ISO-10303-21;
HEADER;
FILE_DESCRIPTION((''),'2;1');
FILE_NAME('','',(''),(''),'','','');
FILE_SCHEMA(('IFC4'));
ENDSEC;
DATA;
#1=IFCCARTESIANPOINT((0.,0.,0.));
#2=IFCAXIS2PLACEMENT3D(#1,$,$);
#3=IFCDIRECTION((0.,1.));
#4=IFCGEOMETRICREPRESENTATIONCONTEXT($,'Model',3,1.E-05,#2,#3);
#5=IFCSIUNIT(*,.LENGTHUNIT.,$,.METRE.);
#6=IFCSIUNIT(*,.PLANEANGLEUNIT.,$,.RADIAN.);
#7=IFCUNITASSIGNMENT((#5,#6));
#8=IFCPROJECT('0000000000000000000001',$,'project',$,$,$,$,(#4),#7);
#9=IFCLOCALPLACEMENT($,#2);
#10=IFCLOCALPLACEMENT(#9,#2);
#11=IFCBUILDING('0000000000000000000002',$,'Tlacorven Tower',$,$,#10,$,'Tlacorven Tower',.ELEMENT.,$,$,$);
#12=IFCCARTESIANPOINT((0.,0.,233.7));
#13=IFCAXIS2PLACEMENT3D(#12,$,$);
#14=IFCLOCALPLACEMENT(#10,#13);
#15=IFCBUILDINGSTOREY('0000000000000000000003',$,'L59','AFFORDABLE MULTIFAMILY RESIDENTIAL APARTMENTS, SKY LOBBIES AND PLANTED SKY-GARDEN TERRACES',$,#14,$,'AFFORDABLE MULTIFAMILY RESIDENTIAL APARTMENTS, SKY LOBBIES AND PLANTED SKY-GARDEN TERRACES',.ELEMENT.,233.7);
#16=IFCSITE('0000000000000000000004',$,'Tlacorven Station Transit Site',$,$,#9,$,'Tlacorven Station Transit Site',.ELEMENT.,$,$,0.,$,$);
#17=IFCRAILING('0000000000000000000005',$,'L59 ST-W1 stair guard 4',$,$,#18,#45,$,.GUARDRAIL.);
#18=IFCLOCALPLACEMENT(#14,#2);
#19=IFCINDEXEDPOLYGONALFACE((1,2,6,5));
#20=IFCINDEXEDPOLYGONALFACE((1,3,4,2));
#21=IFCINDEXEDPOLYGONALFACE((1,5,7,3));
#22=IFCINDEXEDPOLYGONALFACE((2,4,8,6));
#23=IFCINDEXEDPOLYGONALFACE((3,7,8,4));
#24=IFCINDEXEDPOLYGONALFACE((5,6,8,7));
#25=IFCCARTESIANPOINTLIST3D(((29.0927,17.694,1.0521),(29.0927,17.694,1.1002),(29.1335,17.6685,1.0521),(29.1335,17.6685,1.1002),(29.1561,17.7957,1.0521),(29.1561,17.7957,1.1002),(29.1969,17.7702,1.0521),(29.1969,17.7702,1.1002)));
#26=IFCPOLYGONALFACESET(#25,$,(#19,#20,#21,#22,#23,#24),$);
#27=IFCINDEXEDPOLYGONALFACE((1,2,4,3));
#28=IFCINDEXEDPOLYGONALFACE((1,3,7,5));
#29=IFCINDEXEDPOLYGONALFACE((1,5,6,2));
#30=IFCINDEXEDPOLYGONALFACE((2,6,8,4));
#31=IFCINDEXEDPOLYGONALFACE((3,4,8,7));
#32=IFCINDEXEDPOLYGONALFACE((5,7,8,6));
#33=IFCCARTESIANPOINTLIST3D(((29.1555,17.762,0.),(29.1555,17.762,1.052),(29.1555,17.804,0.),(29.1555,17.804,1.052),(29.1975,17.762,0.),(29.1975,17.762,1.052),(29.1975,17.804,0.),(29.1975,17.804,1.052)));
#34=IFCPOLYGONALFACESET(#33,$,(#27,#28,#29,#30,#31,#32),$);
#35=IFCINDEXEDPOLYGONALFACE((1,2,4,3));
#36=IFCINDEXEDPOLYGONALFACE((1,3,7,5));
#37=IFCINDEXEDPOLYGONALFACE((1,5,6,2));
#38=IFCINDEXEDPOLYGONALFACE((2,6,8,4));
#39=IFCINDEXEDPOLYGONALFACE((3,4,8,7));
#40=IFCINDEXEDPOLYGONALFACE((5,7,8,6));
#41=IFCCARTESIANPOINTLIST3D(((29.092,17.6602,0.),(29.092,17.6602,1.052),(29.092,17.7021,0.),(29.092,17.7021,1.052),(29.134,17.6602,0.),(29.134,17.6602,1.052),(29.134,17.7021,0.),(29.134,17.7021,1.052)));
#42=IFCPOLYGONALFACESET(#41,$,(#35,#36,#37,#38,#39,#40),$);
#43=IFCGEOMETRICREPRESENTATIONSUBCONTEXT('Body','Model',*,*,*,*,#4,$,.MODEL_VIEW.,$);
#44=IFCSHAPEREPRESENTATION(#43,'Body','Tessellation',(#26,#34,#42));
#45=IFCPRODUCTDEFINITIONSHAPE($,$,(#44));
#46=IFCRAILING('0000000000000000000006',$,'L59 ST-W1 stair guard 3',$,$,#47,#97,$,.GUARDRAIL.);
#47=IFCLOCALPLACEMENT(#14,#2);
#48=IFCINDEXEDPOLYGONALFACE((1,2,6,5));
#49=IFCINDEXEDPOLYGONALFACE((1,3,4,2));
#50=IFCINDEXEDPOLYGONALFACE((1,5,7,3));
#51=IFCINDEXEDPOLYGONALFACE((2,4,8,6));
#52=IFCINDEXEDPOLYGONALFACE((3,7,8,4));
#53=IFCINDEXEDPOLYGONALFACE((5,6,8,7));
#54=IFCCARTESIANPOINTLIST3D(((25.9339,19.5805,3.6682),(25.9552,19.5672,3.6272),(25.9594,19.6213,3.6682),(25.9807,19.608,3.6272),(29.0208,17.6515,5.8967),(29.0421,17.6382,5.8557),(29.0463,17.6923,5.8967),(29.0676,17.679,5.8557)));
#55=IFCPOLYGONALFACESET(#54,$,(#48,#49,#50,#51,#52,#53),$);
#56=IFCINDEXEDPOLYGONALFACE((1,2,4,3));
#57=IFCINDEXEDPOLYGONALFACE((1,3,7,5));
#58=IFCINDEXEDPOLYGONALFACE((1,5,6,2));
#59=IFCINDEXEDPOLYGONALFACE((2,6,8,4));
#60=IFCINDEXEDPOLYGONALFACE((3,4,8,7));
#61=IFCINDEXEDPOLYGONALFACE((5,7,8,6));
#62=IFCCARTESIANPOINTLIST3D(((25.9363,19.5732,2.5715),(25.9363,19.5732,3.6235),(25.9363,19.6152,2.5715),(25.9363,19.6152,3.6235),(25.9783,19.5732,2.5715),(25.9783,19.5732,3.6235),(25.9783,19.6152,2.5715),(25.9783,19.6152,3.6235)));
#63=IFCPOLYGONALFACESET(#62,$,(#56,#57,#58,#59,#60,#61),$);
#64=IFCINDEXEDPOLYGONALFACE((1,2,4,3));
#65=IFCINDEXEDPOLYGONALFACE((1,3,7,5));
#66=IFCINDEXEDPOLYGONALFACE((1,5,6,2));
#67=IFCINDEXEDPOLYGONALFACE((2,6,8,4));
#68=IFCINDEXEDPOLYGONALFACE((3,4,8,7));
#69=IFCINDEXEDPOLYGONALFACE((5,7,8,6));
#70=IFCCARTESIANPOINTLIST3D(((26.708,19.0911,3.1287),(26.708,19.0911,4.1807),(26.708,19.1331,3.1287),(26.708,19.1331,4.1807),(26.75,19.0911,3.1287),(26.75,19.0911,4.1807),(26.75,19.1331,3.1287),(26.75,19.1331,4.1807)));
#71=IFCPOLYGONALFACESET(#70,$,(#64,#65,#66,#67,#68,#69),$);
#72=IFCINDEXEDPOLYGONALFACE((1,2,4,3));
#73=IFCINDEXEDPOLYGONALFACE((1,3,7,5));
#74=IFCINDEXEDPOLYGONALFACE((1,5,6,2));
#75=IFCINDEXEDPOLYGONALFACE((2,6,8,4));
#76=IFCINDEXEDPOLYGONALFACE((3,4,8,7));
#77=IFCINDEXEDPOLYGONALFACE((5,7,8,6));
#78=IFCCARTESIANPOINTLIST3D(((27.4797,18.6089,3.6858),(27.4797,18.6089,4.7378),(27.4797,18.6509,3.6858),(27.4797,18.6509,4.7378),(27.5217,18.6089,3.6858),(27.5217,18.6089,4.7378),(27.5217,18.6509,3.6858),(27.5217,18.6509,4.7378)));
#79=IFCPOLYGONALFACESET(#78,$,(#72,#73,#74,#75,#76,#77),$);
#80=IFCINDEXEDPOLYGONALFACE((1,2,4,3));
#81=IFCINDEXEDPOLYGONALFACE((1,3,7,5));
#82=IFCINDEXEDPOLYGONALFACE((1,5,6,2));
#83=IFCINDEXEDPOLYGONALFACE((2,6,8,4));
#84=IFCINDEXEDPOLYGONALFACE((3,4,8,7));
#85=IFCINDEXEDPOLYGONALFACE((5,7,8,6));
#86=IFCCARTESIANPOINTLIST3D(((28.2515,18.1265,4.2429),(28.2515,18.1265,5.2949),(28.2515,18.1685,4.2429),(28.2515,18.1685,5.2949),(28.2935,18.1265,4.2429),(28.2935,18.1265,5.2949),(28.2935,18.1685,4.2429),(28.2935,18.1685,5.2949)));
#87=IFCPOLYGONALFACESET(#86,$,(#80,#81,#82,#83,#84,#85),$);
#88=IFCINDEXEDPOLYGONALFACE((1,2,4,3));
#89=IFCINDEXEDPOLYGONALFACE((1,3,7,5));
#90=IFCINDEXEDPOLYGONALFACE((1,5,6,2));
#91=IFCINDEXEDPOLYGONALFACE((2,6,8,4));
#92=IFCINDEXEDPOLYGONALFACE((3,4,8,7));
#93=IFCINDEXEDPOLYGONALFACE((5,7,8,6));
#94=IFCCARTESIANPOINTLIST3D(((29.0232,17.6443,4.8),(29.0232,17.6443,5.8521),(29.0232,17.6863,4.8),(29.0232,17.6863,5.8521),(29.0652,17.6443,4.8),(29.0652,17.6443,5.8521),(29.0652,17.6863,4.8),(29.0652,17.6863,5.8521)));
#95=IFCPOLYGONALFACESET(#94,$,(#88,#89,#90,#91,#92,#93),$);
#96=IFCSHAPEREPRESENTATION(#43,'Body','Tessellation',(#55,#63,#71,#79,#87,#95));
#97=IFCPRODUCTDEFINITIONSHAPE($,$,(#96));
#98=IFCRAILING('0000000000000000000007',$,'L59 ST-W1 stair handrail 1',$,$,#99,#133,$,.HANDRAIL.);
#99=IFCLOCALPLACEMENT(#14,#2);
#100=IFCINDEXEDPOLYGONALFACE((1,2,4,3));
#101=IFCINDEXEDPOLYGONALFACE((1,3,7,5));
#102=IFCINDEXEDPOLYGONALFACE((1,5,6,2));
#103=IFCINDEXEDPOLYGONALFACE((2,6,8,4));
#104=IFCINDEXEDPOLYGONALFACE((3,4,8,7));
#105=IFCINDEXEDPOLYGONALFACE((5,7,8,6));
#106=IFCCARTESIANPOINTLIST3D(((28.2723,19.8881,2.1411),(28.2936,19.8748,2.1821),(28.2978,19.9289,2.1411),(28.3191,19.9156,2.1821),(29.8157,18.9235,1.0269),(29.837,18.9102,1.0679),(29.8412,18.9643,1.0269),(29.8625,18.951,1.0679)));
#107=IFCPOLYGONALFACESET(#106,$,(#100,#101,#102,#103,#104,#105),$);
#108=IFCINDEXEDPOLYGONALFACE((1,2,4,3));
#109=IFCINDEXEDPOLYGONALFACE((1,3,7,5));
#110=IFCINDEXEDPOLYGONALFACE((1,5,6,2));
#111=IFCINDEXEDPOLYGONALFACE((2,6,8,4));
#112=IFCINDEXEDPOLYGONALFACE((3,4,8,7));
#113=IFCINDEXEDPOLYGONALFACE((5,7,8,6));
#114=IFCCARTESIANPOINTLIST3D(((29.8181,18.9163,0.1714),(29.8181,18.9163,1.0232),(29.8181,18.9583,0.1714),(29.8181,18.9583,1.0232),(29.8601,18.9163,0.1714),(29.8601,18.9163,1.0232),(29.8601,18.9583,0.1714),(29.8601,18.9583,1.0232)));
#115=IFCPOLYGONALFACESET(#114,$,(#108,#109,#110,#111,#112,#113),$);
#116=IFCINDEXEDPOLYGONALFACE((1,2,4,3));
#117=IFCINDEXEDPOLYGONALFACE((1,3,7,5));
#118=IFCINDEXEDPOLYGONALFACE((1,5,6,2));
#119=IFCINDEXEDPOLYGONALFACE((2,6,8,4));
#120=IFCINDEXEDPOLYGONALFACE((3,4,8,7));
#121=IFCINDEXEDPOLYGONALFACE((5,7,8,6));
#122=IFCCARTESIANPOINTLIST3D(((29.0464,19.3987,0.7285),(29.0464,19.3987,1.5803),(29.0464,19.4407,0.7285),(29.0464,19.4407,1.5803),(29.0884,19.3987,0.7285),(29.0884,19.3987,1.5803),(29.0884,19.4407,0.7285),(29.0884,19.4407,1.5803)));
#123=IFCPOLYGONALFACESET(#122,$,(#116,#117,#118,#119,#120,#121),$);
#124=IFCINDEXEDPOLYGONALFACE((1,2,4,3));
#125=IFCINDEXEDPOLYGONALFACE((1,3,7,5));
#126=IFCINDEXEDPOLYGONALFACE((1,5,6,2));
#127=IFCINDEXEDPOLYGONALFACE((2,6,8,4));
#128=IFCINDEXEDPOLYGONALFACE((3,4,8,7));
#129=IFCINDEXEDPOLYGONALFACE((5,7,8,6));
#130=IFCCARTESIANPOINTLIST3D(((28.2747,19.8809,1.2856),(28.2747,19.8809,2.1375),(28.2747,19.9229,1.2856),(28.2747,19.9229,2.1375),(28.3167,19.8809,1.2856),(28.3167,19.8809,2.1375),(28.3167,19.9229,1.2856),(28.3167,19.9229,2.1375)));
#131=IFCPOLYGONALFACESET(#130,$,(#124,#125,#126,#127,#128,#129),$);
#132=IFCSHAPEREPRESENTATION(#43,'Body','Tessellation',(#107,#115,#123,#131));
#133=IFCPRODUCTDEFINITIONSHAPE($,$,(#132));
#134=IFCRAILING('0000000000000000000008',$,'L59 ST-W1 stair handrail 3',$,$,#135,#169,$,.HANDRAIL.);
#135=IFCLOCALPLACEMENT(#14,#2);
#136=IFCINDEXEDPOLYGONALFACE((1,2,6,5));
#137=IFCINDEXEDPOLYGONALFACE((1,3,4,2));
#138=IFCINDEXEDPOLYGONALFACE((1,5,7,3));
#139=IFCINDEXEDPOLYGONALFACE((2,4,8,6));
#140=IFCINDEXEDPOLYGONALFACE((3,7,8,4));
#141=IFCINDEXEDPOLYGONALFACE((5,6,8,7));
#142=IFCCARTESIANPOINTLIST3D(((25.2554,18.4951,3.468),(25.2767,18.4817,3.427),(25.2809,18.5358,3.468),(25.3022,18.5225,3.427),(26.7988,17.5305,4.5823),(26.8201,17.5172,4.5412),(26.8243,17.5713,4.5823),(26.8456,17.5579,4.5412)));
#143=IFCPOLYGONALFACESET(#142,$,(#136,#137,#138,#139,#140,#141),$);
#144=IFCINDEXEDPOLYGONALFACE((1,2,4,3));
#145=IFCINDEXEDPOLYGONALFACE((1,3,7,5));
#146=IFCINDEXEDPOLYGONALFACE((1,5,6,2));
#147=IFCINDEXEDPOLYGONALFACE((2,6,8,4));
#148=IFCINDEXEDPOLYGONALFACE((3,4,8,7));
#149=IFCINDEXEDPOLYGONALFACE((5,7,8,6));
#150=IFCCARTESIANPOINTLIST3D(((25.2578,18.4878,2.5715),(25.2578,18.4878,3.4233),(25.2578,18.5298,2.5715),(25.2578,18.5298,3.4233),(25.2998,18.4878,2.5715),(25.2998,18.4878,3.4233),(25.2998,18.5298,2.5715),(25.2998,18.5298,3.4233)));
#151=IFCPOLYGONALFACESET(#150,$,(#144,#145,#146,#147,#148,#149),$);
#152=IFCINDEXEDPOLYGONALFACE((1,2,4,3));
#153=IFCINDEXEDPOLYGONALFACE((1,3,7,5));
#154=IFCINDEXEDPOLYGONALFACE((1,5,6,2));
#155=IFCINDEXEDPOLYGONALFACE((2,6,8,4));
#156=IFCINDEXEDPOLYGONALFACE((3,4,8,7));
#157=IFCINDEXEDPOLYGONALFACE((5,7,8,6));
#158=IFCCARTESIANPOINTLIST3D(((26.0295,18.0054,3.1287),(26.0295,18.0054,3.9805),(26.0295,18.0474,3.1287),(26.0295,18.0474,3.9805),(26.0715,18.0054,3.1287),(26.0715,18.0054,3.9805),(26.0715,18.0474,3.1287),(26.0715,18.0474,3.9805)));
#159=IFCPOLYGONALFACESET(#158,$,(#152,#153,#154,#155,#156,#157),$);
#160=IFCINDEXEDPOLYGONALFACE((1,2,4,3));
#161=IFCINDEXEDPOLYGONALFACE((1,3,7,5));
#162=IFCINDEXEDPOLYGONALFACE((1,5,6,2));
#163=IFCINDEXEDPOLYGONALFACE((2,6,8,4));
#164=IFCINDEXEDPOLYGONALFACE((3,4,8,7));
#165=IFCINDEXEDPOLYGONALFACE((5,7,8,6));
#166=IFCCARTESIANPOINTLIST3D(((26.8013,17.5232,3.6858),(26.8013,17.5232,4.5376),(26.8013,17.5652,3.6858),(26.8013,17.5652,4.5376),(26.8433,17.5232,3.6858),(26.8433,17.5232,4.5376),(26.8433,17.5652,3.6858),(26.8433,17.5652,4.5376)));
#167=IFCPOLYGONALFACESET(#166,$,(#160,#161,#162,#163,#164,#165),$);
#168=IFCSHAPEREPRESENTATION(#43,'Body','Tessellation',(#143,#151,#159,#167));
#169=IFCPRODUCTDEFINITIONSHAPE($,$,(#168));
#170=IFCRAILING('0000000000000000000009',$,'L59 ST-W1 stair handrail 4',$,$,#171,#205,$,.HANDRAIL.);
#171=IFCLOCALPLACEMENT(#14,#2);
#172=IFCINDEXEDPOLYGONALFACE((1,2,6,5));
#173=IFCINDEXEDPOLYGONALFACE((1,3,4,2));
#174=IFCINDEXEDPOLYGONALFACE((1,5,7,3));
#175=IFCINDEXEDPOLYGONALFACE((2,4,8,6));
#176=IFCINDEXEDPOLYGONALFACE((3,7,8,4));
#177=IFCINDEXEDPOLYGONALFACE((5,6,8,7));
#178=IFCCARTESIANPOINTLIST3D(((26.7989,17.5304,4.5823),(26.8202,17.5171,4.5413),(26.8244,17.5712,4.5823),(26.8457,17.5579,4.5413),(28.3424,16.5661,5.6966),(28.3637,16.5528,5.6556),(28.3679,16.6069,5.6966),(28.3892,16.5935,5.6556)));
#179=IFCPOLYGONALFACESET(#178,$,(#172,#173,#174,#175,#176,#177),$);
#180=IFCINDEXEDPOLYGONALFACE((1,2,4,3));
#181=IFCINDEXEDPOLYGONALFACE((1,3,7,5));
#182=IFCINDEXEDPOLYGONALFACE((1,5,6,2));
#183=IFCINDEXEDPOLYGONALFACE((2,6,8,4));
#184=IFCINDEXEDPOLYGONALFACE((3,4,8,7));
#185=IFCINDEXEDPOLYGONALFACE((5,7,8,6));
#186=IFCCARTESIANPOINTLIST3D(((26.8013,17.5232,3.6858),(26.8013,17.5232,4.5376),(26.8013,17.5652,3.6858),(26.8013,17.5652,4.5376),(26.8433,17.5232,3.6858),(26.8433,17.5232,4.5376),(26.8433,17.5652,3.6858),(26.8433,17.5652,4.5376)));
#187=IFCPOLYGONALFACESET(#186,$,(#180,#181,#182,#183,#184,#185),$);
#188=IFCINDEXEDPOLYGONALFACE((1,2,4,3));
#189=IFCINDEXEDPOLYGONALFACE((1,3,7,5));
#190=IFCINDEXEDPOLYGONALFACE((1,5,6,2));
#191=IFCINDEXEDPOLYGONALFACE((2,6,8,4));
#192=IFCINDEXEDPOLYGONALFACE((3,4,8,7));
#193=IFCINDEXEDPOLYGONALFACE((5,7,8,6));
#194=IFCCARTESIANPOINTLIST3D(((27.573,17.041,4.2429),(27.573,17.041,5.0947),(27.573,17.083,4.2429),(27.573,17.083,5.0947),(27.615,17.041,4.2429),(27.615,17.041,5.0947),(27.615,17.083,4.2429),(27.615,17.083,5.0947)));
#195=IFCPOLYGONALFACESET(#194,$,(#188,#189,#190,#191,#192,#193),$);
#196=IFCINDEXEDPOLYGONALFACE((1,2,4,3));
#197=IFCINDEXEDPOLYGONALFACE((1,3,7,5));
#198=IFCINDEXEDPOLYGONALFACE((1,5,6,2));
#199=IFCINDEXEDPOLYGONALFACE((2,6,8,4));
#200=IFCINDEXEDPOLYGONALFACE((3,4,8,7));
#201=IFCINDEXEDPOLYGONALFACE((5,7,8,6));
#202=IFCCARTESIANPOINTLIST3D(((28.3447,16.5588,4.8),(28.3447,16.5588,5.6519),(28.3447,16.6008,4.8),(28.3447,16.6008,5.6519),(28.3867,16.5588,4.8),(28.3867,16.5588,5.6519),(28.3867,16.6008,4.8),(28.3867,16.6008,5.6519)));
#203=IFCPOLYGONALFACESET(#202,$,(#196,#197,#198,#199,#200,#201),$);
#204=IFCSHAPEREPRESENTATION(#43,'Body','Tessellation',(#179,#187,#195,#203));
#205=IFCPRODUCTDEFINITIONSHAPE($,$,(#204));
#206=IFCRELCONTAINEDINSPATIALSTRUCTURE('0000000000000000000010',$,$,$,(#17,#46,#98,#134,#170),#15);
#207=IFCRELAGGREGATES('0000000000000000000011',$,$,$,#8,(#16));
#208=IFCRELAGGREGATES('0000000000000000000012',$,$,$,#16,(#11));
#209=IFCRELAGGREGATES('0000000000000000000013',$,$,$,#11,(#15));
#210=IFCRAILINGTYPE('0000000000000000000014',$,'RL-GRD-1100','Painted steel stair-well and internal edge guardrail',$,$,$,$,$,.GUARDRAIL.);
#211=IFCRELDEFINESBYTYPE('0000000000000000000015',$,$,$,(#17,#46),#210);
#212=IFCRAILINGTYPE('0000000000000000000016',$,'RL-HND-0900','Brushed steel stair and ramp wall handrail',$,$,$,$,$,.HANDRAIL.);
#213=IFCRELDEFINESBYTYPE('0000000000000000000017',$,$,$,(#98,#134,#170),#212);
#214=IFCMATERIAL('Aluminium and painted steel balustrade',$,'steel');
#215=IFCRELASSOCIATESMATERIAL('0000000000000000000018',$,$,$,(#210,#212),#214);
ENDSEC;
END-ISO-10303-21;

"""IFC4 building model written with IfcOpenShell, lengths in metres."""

from ifc_helpers import new_model, si_unit, direction, frame, origin, origin_2d, place, context, subcontext, project, spatial, rectangle, extrude, source, transform, mapped, material, type_object, element, save


model = new_model("IFC4")

# Units and contexts
model_context = context("Model", 3, precision=1e-05, world=origin(), true_north=direction((0.0, 1.0)))
body_context = subcontext(model_context, "Body", "Model", "MODEL_VIEW")
ifc_project = project(units=[si_unit("LENGTHUNIT", "METRE"), si_unit("PLANEANGLEUNIT", "RADIAN")], contexts=[model_context])

# Site, building, storey
site_placement = place(None, origin())
site = spatial("IfcSite", under=ifc_project, at=site_placement, Name="Tlacorven Station Transit Site", LongName="Tlacorven Station Transit Site", CompositionType="ELEMENT", RefElevation=0.0)
building_placement = place(site_placement, origin())
building = spatial("IfcBuilding", under=site, at=building_placement, Name="Tlacorven Tower", LongName="Tlacorven Tower", CompositionType="ELEMENT")
storey_placement = place(building_placement, frame((0.0, 0.0, 233.7)))
storey = spatial("IfcBuildingStorey", under=building, at=storey_placement, Name="L59", Description="AFFORDABLE MULTIFAMILY RESIDENTIAL APARTMENTS, SKY LOBBIES AND PLANTED SKY-GARDEN TERRACES", LongName="AFFORDABLE MULTIFAMILY RESIDENTIAL APARTMENTS, SKY LOBBIES AND PLANTED SKY-GARDEN TERRACES", CompositionType="ELEMENT", Elevation=233.7)

# Railings
ifc_material_1 = material(Name="Aluminium and painted steel balustrade", Category="steel")
railing_type_1 = type_object("IfcRailingType", Name="RL-GRD-1100", Description="Painted steel stair-well and internal edge guardrail", PredefinedType="GUARDRAIL", material=ifc_material_1)
shared_shape_1 = source(origin(), body_context, "Body", "SweptSolid", [
    extrude(rectangle(XDim=0.0481, YDim=0.0481, at=origin_2d()), frame((0.0, 0.0, 1.0762), z_axis=(-0.529084, -0.848569, 0.0), x_axis=(0.848569, -0.529084, 0.0)), (0.0, 0.0, 1.0), 0.1199),
    extrude(rectangle(XDim=0.042, YDim=0.042, at=origin_2d()), origin(), (0.0, 0.0, 1.0), 1.052),
    extrude(rectangle(XDim=0.042, YDim=0.042, at=origin_2d()), frame((-0.0635, -0.1018, 0.0)), (0.0, 0.0, 1.0), 1.052),
])
railing_1_placement = place(storey_placement, frame((29.1765, 17.783, 0.0)))
element("IfcRailing", 1, at=railing_1_placement, inside=storey, type_object=railing_type_1, Name="L59 ST-W1 stair guard 4", PredefinedType="GUARDRAIL", context=body_context, shape_type="MappedRepresentation", body=[
    mapped(shared_shape_1, transform((0.0, 0.0, 0.0), scale=1.0)),
])
shared_shape_2 = source(origin(), body_context, "Body", "SweptSolid", [
    extrude(rectangle(XDim=0.0481, YDim=0.0481, at=origin_2d()), frame((0.0, 0.0, 1.0762), z_axis=(0.723262, -0.451953, 0.52214), x_axis=(0.529927, 0.848044, 0.0)), (0.0, 0.0, 1.0), 4.2681),
    extrude(rectangle(XDim=0.042, YDim=0.042, at=origin_2d()), origin(), (0.0, 0.0, 1.0), 1.052),
    extrude(rectangle(XDim=0.042, YDim=0.042, at=origin_2d()), frame((0.7717, -0.4822, 0.5571)), (0.0, 0.0, 1.0), 1.052),
    extrude(rectangle(XDim=0.042, YDim=0.042, at=origin_2d()), frame((1.5435, -0.9644, 1.1143)), (0.0, 0.0, 1.0), 1.052),
    extrude(rectangle(XDim=0.042, YDim=0.042, at=origin_2d()), frame((2.3152, -1.4468, 1.6714)), (0.0, 0.0, 1.0), 1.052),
    extrude(rectangle(XDim=0.042, YDim=0.042, at=origin_2d()), frame((3.0869, -1.929, 2.2285)), (0.0, 0.0, 1.0), 1.052),
])
railing_2_placement = place(storey_placement, frame((25.9573, 19.5942, 2.5715)))
element("IfcRailing", 2, at=railing_2_placement, inside=storey, type_object=railing_type_1, Name="L59 ST-W1 stair guard 3", PredefinedType="GUARDRAIL", context=body_context, shape_type="MappedRepresentation", body=[
    mapped(shared_shape_2, transform((0.0, 0.0, 0.0), scale=1.0)),
])
railing_type_2 = type_object("IfcRailingType", Name="RL-HND-0900", Description="Brushed steel stair and ramp wall handrail", PredefinedType="HANDRAIL", material=ifc_material_1)
shared_shape_3 = source(origin(), body_context, "Body", "SweptSolid", [
    extrude(rectangle(XDim=0.0481, YDim=0.0481, at=origin_2d()), frame((0.0, 0.0, 0.876), z_axis=(-0.723244, 0.451999, 0.522126), x_axis=(-0.529975, -0.848013, 0.0)), (0.0, 0.0, 1.0), 2.134),
    extrude(rectangle(XDim=0.042, YDim=0.042, at=origin_2d()), origin(), (0.0, 0.0, 1.0), 0.8518),
    extrude(rectangle(XDim=0.042, YDim=0.042, at=origin_2d()), frame((-0.7717, 0.4824, 0.5571)), (0.0, 0.0, 1.0), 0.8518),
    extrude(rectangle(XDim=0.042, YDim=0.042, at=origin_2d()), frame((-1.5435, 0.9646, 1.1143)), (0.0, 0.0, 1.0), 0.8518),
])
railing_3_placement = place(storey_placement, frame((29.8391, 18.9373, 0.1714)))
element("IfcRailing", 3, at=railing_3_placement, inside=storey, type_object=railing_type_2, Name="L59 ST-W1 stair handrail 1", PredefinedType="HANDRAIL", context=body_context, shape_type="MappedRepresentation", body=[
    mapped(shared_shape_3, transform((0.0, 0.0, 0.0), scale=1.0)),
])
shared_shape_4 = source(origin(), body_context, "Body", "SweptSolid", [
    extrude(rectangle(XDim=0.0481, YDim=0.0481, at=origin_2d()), frame((0.0, 0.0, 0.876), z_axis=(0.723244, -0.451999, 0.522126), x_axis=(0.529975, 0.848013, 0.0)), (0.0, 0.0, 1.0), 2.134),
    extrude(rectangle(XDim=0.042, YDim=0.042, at=origin_2d()), origin(), (0.0, 0.0, 1.0), 0.8518),
    extrude(rectangle(XDim=0.042, YDim=0.042, at=origin_2d()), frame((0.7717, -0.4824, 0.5571)), (0.0, 0.0, 1.0), 0.8518),
    extrude(rectangle(XDim=0.042, YDim=0.042, at=origin_2d()), frame((1.5435, -0.9646, 1.1143)), (0.0, 0.0, 1.0), 0.8518),
])
railing_4_placement = place(storey_placement, frame((25.2788, 18.5088, 2.5715)))
element("IfcRailing", 4, at=railing_4_placement, inside=storey, type_object=railing_type_2, Name="L59 ST-W1 stair handrail 3", PredefinedType="HANDRAIL", context=body_context, shape_type="MappedRepresentation", body=[
    mapped(shared_shape_4, transform((0.0, 0.0, 0.0), scale=1.0)),
])
shared_shape_5 = source(origin(), body_context, "Body", "SweptSolid", [
    extrude(rectangle(XDim=0.0481, YDim=0.0481, at=origin_2d()), frame((0.0, 0.0, 0.876), z_axis=(0.723281, -0.451908, 0.522153), x_axis=(0.529878, 0.848074, 0.0)), (0.0, 0.0, 1.0), 2.134),
    extrude(rectangle(XDim=0.042, YDim=0.042, at=origin_2d()), origin(), (0.0, 0.0, 1.0), 0.8518),
    extrude(rectangle(XDim=0.042, YDim=0.042, at=origin_2d()), frame((0.7717, -0.4822, 0.5571)), (0.0, 0.0, 1.0), 0.8518),
    extrude(rectangle(XDim=0.042, YDim=0.042, at=origin_2d()), frame((1.5435, -0.9644, 1.1143)), (0.0, 0.0, 1.0), 0.8518),
])
railing_5_placement = place(storey_placement, frame((26.8223, 17.5442, 3.6858)))
element("IfcRailing", 5, at=railing_5_placement, inside=storey, type_object=railing_type_2, Name="L59 ST-W1 stair handrail 4", PredefinedType="HANDRAIL", context=body_context, shape_type="MappedRepresentation", body=[
    mapped(shared_shape_5, transform((0.0, 0.0, 0.0), scale=1.0)),
])

save(model, "model.ifc")
